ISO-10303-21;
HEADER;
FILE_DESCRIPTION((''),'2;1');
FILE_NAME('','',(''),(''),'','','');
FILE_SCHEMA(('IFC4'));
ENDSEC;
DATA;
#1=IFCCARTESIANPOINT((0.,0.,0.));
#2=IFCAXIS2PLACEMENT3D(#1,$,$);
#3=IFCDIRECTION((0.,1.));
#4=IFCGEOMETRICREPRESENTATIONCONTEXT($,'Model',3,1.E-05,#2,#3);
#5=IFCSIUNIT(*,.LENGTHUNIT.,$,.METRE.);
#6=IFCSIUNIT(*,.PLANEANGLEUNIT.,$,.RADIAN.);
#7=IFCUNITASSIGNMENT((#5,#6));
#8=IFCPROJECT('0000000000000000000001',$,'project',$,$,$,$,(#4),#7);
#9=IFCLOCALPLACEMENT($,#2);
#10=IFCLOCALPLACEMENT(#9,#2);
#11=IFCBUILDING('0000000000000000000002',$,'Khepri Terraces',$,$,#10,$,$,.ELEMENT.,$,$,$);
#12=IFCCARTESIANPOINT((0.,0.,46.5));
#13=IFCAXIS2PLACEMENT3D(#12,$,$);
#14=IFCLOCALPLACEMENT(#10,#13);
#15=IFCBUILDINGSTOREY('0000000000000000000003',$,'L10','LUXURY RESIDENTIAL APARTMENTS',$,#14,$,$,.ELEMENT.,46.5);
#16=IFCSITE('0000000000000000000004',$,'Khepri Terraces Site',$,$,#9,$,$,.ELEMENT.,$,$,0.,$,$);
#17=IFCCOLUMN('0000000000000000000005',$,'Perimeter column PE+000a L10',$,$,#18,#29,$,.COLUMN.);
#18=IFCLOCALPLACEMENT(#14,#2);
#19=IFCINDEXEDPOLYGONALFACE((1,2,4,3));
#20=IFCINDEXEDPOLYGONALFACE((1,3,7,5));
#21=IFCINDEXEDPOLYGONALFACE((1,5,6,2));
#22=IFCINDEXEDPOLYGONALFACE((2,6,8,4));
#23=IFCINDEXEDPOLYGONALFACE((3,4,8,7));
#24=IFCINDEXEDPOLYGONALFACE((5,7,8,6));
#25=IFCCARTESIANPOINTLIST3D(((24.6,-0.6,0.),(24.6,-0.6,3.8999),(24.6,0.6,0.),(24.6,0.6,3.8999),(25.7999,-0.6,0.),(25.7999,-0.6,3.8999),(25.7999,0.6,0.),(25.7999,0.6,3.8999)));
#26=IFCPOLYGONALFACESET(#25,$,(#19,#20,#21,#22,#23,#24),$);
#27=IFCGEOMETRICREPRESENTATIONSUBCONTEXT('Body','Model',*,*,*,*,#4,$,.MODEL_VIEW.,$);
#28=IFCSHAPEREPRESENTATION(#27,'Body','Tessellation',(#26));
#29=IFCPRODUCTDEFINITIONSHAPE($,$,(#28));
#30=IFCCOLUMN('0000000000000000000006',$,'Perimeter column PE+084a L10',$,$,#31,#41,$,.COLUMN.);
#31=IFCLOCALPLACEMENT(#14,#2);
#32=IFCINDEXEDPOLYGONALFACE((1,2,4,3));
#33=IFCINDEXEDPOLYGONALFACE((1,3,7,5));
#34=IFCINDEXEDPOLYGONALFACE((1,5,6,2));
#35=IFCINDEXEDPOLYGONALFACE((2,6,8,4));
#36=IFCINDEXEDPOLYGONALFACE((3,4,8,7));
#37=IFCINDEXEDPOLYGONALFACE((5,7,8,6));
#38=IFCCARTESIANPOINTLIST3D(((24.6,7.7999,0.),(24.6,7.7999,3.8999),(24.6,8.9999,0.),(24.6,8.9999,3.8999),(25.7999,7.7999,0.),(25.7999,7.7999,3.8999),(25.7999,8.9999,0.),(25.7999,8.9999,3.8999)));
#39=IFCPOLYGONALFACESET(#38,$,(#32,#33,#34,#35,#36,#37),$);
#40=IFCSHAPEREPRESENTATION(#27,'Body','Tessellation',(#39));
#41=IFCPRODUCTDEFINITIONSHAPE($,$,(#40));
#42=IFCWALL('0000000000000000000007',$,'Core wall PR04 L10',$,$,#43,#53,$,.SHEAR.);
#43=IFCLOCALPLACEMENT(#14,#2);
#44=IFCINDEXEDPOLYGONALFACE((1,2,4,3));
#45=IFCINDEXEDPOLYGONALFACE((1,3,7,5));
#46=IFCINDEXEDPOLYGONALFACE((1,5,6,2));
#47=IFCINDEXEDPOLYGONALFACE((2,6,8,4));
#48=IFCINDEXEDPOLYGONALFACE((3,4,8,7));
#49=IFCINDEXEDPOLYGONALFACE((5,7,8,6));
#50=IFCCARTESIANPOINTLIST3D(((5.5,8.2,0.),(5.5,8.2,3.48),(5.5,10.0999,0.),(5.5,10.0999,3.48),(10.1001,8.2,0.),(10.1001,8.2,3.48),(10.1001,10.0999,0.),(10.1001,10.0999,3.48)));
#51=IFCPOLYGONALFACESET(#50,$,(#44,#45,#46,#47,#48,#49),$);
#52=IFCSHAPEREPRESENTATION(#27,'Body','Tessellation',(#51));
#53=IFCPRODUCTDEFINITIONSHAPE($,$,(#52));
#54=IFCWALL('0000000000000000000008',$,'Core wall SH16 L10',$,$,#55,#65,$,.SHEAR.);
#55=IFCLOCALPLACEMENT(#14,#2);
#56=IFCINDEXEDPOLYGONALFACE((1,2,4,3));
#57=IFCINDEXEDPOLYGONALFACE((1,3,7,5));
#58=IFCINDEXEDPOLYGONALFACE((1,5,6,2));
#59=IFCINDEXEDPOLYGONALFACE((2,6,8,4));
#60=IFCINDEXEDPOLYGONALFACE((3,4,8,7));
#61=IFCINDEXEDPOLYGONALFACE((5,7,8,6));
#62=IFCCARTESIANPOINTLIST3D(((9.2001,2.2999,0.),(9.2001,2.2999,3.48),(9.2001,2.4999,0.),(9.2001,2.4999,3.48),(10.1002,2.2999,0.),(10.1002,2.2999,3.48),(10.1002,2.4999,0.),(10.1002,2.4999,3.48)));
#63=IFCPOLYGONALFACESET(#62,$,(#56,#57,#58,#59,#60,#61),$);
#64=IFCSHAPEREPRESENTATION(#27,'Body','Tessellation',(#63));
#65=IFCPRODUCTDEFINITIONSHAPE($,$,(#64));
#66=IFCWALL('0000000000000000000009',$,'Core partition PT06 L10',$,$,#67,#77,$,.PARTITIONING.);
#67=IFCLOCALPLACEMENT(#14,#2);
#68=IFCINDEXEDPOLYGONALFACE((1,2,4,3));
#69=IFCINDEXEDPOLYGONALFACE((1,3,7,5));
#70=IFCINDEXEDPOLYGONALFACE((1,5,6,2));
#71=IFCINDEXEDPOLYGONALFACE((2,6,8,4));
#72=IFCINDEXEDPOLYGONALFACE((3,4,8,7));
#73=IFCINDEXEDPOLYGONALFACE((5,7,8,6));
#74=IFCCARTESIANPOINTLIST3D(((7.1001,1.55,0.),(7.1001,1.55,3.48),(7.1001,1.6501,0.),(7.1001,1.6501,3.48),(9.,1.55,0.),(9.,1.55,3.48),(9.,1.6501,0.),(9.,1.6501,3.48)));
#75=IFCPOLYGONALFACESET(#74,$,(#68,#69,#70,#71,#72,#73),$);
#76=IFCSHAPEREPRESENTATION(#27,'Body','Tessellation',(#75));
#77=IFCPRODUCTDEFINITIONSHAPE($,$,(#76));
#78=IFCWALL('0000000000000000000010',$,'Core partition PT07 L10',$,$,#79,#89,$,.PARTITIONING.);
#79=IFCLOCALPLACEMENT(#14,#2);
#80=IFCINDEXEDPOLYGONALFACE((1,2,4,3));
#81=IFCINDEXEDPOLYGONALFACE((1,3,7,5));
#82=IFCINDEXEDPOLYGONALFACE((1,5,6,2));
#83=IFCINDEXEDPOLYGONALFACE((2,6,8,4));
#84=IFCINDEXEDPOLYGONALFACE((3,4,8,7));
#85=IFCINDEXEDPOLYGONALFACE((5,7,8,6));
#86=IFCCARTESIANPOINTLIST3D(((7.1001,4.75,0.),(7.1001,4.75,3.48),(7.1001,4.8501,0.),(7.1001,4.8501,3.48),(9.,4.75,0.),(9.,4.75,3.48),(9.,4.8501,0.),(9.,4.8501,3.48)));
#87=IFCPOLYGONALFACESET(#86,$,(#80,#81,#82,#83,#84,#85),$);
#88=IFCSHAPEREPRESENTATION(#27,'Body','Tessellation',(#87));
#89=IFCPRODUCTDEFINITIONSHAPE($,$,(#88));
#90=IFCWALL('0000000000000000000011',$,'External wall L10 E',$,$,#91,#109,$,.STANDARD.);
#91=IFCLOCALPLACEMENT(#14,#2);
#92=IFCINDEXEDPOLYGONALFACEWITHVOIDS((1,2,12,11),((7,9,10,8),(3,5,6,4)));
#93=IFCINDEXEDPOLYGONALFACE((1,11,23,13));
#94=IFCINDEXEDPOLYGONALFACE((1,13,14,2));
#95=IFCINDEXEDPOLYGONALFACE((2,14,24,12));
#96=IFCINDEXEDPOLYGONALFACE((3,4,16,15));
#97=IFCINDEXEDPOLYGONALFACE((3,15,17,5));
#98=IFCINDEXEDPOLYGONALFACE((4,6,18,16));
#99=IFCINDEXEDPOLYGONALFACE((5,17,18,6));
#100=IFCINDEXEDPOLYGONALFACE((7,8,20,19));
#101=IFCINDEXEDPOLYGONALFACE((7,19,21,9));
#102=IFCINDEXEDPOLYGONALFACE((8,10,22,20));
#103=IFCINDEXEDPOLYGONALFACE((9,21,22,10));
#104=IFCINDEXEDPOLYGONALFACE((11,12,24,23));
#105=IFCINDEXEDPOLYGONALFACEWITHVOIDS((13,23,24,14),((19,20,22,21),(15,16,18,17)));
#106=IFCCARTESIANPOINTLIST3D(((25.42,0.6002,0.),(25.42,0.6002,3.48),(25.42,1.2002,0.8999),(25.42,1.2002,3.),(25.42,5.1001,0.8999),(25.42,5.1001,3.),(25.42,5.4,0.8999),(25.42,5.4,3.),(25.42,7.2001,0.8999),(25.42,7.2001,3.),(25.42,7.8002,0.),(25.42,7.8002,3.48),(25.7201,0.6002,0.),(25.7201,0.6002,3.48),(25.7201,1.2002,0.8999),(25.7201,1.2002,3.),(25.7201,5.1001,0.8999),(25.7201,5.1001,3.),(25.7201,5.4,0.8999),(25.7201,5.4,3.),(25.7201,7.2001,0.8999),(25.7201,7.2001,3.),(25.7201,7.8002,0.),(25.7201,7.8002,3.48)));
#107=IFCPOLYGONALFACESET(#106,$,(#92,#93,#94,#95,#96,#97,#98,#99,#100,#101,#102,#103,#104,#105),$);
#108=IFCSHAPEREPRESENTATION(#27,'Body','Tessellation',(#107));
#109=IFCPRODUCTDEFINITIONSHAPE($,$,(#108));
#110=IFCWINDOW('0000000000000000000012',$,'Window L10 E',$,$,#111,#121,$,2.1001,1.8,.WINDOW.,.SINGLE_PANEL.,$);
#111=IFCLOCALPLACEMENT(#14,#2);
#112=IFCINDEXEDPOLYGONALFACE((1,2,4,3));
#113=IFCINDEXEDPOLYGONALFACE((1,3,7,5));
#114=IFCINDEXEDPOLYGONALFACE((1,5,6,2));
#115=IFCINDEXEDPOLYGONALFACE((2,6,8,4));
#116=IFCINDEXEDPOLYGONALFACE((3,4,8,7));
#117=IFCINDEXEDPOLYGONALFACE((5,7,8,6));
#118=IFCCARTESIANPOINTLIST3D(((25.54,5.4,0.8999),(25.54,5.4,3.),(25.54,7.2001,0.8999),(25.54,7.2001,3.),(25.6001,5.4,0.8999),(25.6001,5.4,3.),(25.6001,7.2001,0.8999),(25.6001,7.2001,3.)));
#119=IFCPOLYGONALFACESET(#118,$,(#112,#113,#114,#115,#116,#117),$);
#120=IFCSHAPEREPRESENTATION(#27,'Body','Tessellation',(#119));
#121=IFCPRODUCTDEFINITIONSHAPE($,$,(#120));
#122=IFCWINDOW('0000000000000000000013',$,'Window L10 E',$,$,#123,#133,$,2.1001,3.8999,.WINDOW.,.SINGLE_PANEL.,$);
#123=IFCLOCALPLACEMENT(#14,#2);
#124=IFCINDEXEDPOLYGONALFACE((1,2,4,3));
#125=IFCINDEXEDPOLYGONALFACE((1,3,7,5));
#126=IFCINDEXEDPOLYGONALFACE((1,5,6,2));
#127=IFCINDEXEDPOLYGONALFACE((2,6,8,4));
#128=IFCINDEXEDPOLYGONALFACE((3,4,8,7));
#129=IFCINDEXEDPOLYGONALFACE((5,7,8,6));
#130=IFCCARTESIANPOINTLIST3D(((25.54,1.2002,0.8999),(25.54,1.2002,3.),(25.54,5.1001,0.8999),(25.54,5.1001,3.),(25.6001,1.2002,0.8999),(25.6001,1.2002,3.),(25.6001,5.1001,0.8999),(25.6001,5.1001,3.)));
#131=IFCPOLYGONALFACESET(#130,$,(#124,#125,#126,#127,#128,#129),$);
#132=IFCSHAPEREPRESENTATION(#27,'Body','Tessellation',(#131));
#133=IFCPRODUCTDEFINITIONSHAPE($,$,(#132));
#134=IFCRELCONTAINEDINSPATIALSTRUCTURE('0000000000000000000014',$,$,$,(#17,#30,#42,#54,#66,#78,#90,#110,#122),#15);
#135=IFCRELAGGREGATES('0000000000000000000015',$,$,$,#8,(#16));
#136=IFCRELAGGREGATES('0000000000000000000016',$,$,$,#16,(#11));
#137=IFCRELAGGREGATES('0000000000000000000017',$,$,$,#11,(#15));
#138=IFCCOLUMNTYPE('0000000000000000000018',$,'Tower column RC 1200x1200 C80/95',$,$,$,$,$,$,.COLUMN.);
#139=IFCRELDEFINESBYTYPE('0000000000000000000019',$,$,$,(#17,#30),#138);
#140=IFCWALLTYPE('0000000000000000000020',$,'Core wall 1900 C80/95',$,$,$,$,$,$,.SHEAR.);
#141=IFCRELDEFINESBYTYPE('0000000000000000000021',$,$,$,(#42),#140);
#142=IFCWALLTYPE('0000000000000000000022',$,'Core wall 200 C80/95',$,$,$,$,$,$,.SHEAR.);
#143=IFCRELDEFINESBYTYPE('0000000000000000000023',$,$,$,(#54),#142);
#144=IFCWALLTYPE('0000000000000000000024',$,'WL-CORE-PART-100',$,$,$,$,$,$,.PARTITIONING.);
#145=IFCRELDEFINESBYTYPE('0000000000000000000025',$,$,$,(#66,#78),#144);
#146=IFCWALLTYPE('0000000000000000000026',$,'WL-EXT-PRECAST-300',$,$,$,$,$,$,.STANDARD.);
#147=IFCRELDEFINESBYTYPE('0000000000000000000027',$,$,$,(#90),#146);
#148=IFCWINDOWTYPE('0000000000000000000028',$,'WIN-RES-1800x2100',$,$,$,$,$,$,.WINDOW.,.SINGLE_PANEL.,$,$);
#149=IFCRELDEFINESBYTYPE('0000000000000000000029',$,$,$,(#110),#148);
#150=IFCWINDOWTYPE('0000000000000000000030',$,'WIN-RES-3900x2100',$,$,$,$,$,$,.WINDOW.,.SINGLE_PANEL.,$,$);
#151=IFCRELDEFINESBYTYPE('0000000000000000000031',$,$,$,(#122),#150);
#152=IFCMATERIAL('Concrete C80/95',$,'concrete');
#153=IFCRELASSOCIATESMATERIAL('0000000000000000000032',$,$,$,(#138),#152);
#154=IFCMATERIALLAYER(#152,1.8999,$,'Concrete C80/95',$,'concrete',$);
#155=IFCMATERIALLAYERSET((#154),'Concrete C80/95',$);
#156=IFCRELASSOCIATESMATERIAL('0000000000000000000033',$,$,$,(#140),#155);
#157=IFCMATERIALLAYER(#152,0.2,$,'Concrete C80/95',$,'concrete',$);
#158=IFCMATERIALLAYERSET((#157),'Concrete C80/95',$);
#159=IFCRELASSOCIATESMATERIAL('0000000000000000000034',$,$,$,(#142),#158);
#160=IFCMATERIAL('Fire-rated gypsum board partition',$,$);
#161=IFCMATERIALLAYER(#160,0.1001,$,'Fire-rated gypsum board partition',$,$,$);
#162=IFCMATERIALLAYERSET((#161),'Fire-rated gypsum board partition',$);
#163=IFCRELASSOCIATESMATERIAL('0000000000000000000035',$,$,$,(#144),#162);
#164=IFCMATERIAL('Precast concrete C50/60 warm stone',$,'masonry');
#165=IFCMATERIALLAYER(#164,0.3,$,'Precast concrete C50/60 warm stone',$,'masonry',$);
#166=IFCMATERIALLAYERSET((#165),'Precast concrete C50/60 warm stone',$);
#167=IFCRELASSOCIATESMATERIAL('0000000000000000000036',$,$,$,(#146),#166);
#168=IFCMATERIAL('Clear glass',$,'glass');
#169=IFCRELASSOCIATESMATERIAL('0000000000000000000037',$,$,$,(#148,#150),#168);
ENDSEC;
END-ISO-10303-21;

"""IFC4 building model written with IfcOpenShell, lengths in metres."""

from ifc_helpers import new_model, si_unit, direction, frame, frame_2d, origin, origin_2d, place, context, subcontext, project, spatial, rectangle, extrude, material, layer, layer_set, material_profile, profile_set, type_object, element, fill, save


model = new_model("IFC4")

# Units and contexts
model_context = context("Model", 3, precision=1e-05, world=origin(), true_north=direction((0.0, 1.0)))
body_context = subcontext(model_context, "Body", "Model", "MODEL_VIEW")
ifc_project = project(units=[si_unit("LENGTHUNIT", "METRE"), si_unit("PLANEANGLEUNIT", "RADIAN")], contexts=[model_context])

# Site, building, storey
site_placement = place(None, origin())
site = spatial("IfcSite", under=ifc_project, at=site_placement, Name="Khepri Terraces Site", CompositionType="ELEMENT", RefElevation=0.0)
building_placement = place(site_placement, origin())
building = spatial("IfcBuilding", under=site, at=building_placement, Name="Khepri Terraces", CompositionType="ELEMENT")
storey_placement = place(building_placement, frame((0.0, 0.0, 46.5)))
storey = spatial("IfcBuildingStorey", under=building, at=storey_placement, Name="L10", Description="LUXURY RESIDENTIAL APARTMENTS", CompositionType="ELEMENT", Elevation=46.5)

# Columns
ifc_material_1 = material(Name="Concrete C80/95", Category="concrete")
ifc_material_profile = material_profile(ifc_material_1, rectangle(XDim=1.2, YDim=1.2, at=origin_2d()), Name="Concrete C80/95", Category="concrete")
ifc_profile_set = profile_set([ifc_material_profile], Name="Concrete C80/95")
column_type = type_object("IfcColumnType", Name="Tower column RC 1200x1200 C80/95", PredefinedType="COLUMN", material=ifc_profile_set)
for number, where, z_axis, x_axis, name in (
    (1, (25.2, 0.0, 0.0), (0.0, 0.0, 1.0), (1.0, 0.0, 0.0), "Perimeter column PE+000a L10"),
    (2, (25.2, 8.3999, 0.0), (0.0, 0.0, 1.0), (1.0, 0.0, 0.0), "Perimeter column PE+084a L10"),
):
    element("IfcColumn", number, at=place(storey_placement, frame(where, z_axis=z_axis, x_axis=x_axis)), inside=storey, type_object=column_type, Name=name, PredefinedType="COLUMN", context=body_context, shape_type="SweptSolid", body=[
        extrude(rectangle(XDim=1.2, YDim=1.2, at=origin_2d()), origin(), (0.0, 0.0, 1.0), 3.8999),
    ])

# Walls
ifc_layer_1 = layer(ifc_material_1, 1.8999, Name="Concrete C80/95", Category="concrete")
ifc_layer_set_1 = layer_set([ifc_layer_1], Name="Concrete C80/95")
wall_type_1 = type_object("IfcWallType", Name="Core wall 1900 C80/95", PredefinedType="SHEAR", material=ifc_layer_set_1)
wall_1_placement = place(storey_placement, frame((5.5, 9.1499, 0.0), z_axis=(0.0, 0.0, 1.0), x_axis=(1.0, 0.0, 0.0)))
element("IfcWall", 3, at=wall_1_placement, inside=storey, type_object=wall_type_1, Name="Core wall PR04 L10", PredefinedType="SHEAR", context=body_context, shape_type="SweptSolid", body=[
    extrude(rectangle(XDim=4.6001, YDim=1.8999, at=frame_2d((2.3, 0.0))), origin(), (0.0, 0.0, 1.0), 3.48),
])
ifc_layer_2 = layer(ifc_material_1, 0.2, Name="Concrete C80/95", Category="concrete")
ifc_layer_set_2 = layer_set([ifc_layer_2], Name="Concrete C80/95")
wall_type_2 = type_object("IfcWallType", Name="Core wall 200 C80/95", PredefinedType="SHEAR", material=ifc_layer_set_2)
wall_2_placement = place(storey_placement, frame((9.2, 2.3999, 0.0), z_axis=(0.0, 0.0, 1.0), x_axis=(1.0, 0.0, 0.0)))
element("IfcWall", 4, at=wall_2_placement, inside=storey, type_object=wall_type_2, Name="Core wall SH16 L10", PredefinedType="SHEAR", context=body_context, shape_type="SweptSolid", body=[
    extrude(rectangle(XDim=0.9001, YDim=0.2, at=frame_2d((0.4502, 0.0))), origin(), (0.0, 0.0, 1.0), 3.48),
])
ifc_material_2 = material(Name="Fire-rated gypsum board partition")
ifc_layer_3 = layer(ifc_material_2, 0.1001, Name="Fire-rated gypsum board partition")
ifc_layer_set_3 = layer_set([ifc_layer_3], Name="Fire-rated gypsum board partition")
wall_type_3 = type_object("IfcWallType", Name="WL-CORE-PART-100", PredefinedType="PARTITIONING", material=ifc_layer_set_3)
for number, where, z_axis, x_axis, name in (
    (5, (7.1001, 1.6001, 0.0), (0.0, 0.0, 1.0), (1.0, 0.0, 0.0), "Core partition PT06 L10"),
    (6, (7.1001, 4.8, 0.0), (0.0, 0.0, 1.0), (1.0, 0.0, 0.0), "Core partition PT07 L10"),
):
    element("IfcWall", number, at=place(storey_placement, frame(where, z_axis=z_axis, x_axis=x_axis)), inside=storey, type_object=wall_type_3, Name=name, PredefinedType="PARTITIONING", context=body_context, shape_type="SweptSolid", body=[
        extrude(rectangle(XDim=1.8999, YDim=0.1001, at=frame_2d((0.95, 0.0))), origin(), (0.0, 0.0, 1.0), 3.48),
    ])

# Wall, openings, windows
ifc_material_3 = material(Name="Precast concrete C50/60 warm stone", Category="masonry")
ifc_layer_4 = layer(ifc_material_3, 0.3, Name="Precast concrete C50/60 warm stone", Category="masonry")
ifc_layer_set_4 = layer_set([ifc_layer_4], Name="Precast concrete C50/60 warm stone")
wall_type_4 = type_object("IfcWallType", Name="WL-EXT-PRECAST-300", PredefinedType="STANDARD", material=ifc_layer_set_4)
wall_3_placement = place(storey_placement, frame((25.5701, 0.6001, 0.0), z_axis=(0.0, 0.0, 1.0), x_axis=(0.0, 1.0, 0.0)))
wall_3 = element("IfcWall", 7, at=wall_3_placement, inside=storey, type_object=wall_type_4, Name="External wall L10 E", PredefinedType="STANDARD", context=body_context, shape_type="SweptSolid", body=[
    extrude(rectangle(XDim=7.2, YDim=0.3, at=frame_2d((3.6001, 0.0))), origin(), (0.0, 0.0, 1.0), 3.48),
])
opening_1_placement = place(wall_3_placement, frame((0.6001, 0.0, 0.8999)))
opening_1 = element("IfcOpeningElement", 8, at=opening_1_placement, cuts=wall_3, PredefinedType="OPENING", context=body_context, shape_type="SweptSolid", body=[
    extrude(rectangle(XDim=3.8999, YDim=2.1001, at=frame_2d((1.95, 1.05))), frame((0.0, 0.1602, 0.0), z_axis=(0.0, -1.0, 0.0), x_axis=(1.0, 0.0, 0.0)), (0.0, 0.0, 1.0), 0.3201),
])
opening_2_placement = place(wall_3_placement, frame((4.8, 0.0, 0.8999)))
opening_2 = element("IfcOpeningElement", 9, at=opening_2_placement, cuts=wall_3, PredefinedType="OPENING", context=body_context, shape_type="SweptSolid", body=[
    extrude(rectangle(XDim=1.8, YDim=2.1001, at=frame_2d((0.8999, 1.05))), frame((0.0, 0.1602, 0.0), z_axis=(0.0, -1.0, 0.0), x_axis=(1.0, 0.0, 0.0)), (0.0, 0.0, 1.0), 0.3201),
])
ifc_material_4 = material(Name="Clear glass", Category="glass")
window_type_1 = type_object("IfcWindowType", Name="WIN-RES-1800x2100", PartitioningType="SINGLE_PANEL", PredefinedType="WINDOW", material=ifc_material_4)
window_1_placement = place(opening_2_placement, origin())
window_1 = element("IfcWindow", 10, at=window_1_placement, inside=storey, type_object=window_type_1, Name="Window L10 E", OverallHeight=2.1001, OverallWidth=1.8, PartitioningType="SINGLE_PANEL", PredefinedType="WINDOW", context=body_context, shape_type="SweptSolid", body=[
    extrude(rectangle(XDim=1.8, YDim=2.1001, at=frame_2d((0.8999, 1.05))), frame((0.0, 0.03, 0.0), z_axis=(0.0, -1.0, 0.0), x_axis=(1.0, 0.0, 0.0)), (0.0, 0.0, 1.0), 0.0601),
])
fill(opening_2, window_1)
window_type_2 = type_object("IfcWindowType", Name="WIN-RES-3900x2100", PartitioningType="SINGLE_PANEL", PredefinedType="WINDOW", material=ifc_material_4)
window_2_placement = place(opening_1_placement, origin())
window_2 = element("IfcWindow", 11, at=window_2_placement, inside=storey, type_object=window_type_2, Name="Window L10 E", OverallHeight=2.1001, OverallWidth=3.8999, PartitioningType="SINGLE_PANEL", PredefinedType="WINDOW", context=body_context, shape_type="SweptSolid", body=[
    extrude(rectangle(XDim=3.8999, YDim=2.1001, at=frame_2d((1.95, 1.05))), frame((0.0, 0.03, 0.0), z_axis=(0.0, -1.0, 0.0), x_axis=(1.0, 0.0, 0.0)), (0.0, 0.0, 1.0), 0.0601),
])
fill(opening_1, window_2)

save(model, "model.ifc")
